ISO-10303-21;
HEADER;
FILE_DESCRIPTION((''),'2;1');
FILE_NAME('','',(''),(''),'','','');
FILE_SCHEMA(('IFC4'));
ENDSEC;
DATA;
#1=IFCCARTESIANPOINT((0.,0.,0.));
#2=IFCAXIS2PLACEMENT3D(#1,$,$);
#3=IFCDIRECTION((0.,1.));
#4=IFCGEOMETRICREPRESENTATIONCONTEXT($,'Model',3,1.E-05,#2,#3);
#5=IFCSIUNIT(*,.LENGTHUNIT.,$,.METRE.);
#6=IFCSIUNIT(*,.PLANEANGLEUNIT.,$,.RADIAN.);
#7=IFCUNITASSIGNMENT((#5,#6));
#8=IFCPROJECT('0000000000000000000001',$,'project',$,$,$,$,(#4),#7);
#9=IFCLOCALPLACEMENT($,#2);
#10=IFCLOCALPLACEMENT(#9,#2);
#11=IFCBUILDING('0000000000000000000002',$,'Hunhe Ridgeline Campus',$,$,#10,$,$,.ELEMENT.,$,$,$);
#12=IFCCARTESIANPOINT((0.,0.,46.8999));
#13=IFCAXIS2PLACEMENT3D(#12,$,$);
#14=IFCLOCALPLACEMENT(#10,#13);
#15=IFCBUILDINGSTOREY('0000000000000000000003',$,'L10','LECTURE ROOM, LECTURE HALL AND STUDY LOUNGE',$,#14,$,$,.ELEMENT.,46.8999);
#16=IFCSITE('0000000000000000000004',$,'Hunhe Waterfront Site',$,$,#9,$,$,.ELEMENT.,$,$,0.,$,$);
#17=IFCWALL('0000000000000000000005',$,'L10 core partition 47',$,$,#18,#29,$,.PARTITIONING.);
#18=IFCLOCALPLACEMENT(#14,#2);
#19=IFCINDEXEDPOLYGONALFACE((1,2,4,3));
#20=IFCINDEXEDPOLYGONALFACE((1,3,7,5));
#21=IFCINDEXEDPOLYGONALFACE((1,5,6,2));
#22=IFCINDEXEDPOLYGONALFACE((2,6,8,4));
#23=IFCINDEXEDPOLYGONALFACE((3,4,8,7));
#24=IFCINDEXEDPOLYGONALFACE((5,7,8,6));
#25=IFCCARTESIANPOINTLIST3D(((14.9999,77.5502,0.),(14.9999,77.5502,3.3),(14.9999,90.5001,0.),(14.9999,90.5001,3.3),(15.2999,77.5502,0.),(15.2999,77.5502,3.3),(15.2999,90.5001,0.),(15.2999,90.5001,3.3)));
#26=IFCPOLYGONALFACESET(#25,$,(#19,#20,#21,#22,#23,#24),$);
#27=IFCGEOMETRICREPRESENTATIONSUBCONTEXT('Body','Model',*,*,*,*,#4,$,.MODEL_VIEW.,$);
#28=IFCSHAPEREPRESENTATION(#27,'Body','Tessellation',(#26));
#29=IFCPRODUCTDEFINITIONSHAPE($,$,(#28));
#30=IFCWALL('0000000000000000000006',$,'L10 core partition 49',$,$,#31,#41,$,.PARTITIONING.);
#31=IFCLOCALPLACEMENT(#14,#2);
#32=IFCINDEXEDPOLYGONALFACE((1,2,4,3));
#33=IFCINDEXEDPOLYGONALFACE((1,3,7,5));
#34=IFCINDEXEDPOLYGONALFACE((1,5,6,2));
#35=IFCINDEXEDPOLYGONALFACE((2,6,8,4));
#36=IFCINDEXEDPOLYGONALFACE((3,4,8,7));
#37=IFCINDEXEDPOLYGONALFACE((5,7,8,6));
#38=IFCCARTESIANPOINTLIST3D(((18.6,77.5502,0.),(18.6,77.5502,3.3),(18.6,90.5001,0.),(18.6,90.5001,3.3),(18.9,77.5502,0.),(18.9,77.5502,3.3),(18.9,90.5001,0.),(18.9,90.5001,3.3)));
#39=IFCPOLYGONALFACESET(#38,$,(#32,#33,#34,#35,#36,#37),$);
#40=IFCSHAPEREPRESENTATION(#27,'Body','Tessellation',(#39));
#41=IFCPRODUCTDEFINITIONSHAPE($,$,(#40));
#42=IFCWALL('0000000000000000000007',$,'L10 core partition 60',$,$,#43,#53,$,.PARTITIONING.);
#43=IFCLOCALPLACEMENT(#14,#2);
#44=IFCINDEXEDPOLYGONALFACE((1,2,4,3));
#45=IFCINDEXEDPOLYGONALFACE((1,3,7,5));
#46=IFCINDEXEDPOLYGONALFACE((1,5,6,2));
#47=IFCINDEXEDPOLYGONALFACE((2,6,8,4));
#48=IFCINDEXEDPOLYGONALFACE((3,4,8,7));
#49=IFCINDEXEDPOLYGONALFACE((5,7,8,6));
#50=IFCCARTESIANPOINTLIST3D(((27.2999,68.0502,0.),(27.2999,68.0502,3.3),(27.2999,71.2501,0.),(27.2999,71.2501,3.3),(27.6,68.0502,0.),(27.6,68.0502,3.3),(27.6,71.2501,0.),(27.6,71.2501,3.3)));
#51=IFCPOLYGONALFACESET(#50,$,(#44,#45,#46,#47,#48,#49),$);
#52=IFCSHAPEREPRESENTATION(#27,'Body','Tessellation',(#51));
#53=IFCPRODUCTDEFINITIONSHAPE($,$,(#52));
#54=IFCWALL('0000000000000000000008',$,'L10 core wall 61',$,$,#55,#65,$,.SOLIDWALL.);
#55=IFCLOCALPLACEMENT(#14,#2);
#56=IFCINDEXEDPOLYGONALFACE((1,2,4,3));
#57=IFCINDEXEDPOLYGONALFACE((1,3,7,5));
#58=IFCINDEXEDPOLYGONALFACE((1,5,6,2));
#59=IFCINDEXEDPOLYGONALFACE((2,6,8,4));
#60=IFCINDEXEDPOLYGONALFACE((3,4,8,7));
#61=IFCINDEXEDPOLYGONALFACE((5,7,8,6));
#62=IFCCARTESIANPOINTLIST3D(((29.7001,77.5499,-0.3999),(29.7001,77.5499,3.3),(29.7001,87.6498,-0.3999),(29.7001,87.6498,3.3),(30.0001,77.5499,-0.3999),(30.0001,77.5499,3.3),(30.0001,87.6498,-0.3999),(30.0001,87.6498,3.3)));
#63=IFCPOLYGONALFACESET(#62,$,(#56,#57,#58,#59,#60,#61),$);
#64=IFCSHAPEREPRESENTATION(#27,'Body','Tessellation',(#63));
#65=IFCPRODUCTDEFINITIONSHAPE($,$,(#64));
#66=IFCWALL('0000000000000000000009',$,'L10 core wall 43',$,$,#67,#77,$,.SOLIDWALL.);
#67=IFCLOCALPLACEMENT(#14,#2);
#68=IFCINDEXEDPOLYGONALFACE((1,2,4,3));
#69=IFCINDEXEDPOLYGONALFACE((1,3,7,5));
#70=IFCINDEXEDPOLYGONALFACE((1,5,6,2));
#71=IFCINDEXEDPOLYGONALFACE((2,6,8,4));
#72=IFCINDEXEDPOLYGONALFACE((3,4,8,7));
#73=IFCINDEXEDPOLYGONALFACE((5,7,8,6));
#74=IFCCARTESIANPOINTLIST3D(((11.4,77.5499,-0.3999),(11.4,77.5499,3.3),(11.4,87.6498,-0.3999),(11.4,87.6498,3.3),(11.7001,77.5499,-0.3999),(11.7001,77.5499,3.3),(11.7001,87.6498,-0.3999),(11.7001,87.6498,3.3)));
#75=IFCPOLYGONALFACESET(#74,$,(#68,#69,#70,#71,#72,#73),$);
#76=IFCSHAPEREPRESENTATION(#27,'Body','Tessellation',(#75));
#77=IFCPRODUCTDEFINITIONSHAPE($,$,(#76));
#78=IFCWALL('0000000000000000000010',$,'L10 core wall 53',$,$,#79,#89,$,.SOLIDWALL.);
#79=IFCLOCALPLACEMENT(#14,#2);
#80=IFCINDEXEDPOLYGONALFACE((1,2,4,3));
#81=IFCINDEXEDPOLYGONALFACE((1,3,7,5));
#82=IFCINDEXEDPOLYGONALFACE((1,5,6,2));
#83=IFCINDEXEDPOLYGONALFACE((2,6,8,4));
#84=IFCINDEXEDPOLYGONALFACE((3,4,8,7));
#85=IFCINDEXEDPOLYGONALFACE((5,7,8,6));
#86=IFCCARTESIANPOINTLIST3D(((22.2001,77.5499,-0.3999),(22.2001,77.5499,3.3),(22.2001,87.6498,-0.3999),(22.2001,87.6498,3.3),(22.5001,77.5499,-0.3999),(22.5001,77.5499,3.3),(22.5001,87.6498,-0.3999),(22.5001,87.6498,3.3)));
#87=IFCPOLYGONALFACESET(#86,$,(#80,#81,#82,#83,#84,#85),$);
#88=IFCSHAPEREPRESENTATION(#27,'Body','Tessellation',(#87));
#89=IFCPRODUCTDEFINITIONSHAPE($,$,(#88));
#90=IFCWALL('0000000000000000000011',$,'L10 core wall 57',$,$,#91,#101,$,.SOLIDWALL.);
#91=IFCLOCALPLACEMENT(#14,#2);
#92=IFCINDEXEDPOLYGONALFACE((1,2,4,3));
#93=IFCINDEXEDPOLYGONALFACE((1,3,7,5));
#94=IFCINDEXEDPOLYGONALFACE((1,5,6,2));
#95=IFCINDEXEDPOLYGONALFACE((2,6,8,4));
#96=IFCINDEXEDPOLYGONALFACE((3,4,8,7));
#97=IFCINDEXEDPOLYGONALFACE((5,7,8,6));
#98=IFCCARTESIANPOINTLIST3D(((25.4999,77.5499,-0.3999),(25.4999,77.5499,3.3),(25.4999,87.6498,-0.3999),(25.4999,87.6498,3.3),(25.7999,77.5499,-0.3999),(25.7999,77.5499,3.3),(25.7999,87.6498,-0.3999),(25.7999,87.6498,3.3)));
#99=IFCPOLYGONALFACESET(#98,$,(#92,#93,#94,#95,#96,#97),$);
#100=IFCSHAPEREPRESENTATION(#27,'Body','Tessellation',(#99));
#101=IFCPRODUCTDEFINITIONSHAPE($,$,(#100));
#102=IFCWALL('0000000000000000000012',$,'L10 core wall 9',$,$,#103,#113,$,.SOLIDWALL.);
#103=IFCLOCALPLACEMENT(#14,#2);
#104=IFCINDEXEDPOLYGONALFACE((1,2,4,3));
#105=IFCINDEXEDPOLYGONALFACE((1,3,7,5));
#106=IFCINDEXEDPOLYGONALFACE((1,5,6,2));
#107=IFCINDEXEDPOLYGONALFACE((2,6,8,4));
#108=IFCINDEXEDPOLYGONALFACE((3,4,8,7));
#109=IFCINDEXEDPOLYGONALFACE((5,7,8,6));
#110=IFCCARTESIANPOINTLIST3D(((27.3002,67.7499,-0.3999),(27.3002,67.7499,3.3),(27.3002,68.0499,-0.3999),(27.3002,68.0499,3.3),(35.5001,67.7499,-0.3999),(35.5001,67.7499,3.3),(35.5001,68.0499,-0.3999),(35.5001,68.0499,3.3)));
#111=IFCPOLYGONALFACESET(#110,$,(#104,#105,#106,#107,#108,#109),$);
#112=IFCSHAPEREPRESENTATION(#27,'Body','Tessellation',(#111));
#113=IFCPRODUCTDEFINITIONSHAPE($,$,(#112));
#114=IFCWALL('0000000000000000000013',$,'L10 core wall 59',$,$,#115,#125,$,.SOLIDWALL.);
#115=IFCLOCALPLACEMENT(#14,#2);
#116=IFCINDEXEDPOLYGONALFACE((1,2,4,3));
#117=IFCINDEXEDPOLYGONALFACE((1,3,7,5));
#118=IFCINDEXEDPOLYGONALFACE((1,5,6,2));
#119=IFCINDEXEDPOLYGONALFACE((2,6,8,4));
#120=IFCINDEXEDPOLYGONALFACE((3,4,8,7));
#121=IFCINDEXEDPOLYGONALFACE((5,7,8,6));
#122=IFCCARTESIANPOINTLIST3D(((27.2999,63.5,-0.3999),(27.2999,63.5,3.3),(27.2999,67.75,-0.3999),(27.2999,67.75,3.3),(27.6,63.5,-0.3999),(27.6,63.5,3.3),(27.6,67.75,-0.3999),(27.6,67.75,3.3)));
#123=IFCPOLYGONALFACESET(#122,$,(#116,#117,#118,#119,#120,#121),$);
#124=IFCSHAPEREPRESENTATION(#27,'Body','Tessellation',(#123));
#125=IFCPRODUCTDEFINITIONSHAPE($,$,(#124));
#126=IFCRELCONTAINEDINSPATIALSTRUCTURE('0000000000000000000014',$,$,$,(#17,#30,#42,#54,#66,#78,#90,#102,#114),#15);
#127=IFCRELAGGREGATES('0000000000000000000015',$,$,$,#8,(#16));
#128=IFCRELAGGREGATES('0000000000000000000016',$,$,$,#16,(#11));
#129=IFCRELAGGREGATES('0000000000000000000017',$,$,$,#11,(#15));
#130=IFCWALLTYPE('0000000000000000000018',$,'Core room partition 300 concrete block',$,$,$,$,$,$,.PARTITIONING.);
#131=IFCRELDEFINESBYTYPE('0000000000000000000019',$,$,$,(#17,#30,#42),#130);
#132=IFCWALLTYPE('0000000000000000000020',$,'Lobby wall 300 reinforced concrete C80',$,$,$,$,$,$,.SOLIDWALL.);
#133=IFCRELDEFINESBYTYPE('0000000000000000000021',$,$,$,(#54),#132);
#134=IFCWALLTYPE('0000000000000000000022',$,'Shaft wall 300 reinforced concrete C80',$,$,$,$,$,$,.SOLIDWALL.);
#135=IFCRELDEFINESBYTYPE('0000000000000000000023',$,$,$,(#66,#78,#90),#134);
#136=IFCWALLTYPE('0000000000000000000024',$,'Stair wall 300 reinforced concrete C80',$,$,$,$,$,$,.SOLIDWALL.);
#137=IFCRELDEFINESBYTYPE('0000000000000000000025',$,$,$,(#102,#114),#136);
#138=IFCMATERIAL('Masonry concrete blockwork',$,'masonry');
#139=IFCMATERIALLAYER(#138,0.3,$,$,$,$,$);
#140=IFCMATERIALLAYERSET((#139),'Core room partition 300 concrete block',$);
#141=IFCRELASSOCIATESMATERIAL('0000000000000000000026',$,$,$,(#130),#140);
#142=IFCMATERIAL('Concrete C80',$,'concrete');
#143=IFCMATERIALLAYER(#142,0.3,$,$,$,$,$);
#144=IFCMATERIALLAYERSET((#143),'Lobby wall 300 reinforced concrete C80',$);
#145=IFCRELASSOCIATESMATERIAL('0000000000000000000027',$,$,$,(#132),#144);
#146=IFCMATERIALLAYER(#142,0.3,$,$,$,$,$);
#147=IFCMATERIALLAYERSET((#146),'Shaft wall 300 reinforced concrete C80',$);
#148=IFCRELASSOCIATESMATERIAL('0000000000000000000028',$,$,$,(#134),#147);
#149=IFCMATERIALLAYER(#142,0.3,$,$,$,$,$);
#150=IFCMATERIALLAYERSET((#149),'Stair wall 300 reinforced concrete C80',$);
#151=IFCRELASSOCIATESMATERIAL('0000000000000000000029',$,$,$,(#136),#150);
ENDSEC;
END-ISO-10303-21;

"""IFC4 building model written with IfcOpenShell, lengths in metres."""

from ifc_helpers import new_model, si_unit, direction, frame, frame_2d, origin, place, context, subcontext, project, spatial, rectangle, extrude, material, layer, layer_set, type_object, element, save


model = new_model("IFC4")

# Units and contexts
model_context = context("Model", 3, precision=1e-05, world=origin(), true_north=direction((0.0, 1.0)))
body_context = subcontext(model_context, "Body", "Model", "MODEL_VIEW")
ifc_project = project(units=[si_unit("LENGTHUNIT", "METRE"), si_unit("PLANEANGLEUNIT", "RADIAN")], contexts=[model_context])

# Site, building, storey
site_placement = place(None, origin())
site = spatial("IfcSite", under=ifc_project, at=site_placement, Name="Hunhe Waterfront Site", CompositionType="ELEMENT", RefElevation=0.0)
building_placement = place(site_placement, origin())
building = spatial("IfcBuilding", under=site, at=building_placement, Name="Hunhe Ridgeline Campus", CompositionType="ELEMENT")
storey_placement = place(building_placement, frame((0.0, 0.0, 46.8999)))
storey = spatial("IfcBuildingStorey", under=building, at=storey_placement, Name="L10", Description="LECTURE ROOM, LECTURE HALL AND STUDY LOUNGE", CompositionType="ELEMENT", Elevation=46.8999)

# Shared definitions
ifc_material_1 = material(Name="Masonry concrete blockwork", Category="masonry")
ifc_layer_1 = layer(ifc_material_1, 0.3)
ifc_layer_set_1 = layer_set([ifc_layer_1], Name="Core room partition 300 concrete block")
wall_type_1 = type_object("IfcWallType", Name="Core room partition 300 concrete block", PredefinedType="PARTITIONING", material=ifc_layer_set_1)

# Walls
for number, where, z_axis, x_axis, name in (
    (1, (15.1499, 77.55, 0.0), (0.0, 0.0, 1.0), (0.0, 1.0, 0.0), "L10 core partition 47"),
    (2, (18.75, 77.55, 0.0), (0.0, 0.0, 1.0), (0.0, 1.0, 0.0), "L10 core partition 49"),
):
    element("IfcWall", number, at=place(storey_placement, frame(where, z_axis=z_axis, x_axis=x_axis)), inside=storey, type_object=wall_type_1, Name=name, PredefinedType="PARTITIONING", context=body_context, shape_type="SweptSolid", body=[
        extrude(rectangle(XDim=12.95, YDim=0.3, at=frame_2d((6.4751, 0.0))), origin(), (0.0, 0.0, 1.0), 3.3),
    ])
wall_1_placement = place(storey_placement, frame((27.45, 68.05, 0.0), z_axis=(0.0, 0.0, 1.0), x_axis=(0.0, 1.0, 0.0)))
element("IfcWall", 3, at=wall_1_placement, inside=storey, type_object=wall_type_1, Name="L10 core partition 60", PredefinedType="PARTITIONING", context=body_context, shape_type="SweptSolid", body=[
    extrude(rectangle(XDim=3.2, YDim=0.3, at=frame_2d((1.6001, 0.0))), origin(), (0.0, 0.0, 1.0), 3.3),
])
ifc_material_2 = material(Name="Concrete C80", Category="concrete")
ifc_layer_2 = layer(ifc_material_2, 0.3)
ifc_layer_set_2 = layer_set([ifc_layer_2], Name="Lobby wall 300 reinforced concrete C80")
wall_type_2 = type_object("IfcWallType", Name="Lobby wall 300 reinforced concrete C80", PredefinedType="SOLIDWALL", material=ifc_layer_set_2)
wall_2_placement = place(storey_placement, frame((29.8501, 77.55, -0.3999), z_axis=(0.0, 0.0, 1.0), x_axis=(0.0, 1.0, 0.0)))
element("IfcWall", 4, at=wall_2_placement, inside=storey, type_object=wall_type_2, Name="L10 core wall 61", PredefinedType="SOLIDWALL", context=body_context, shape_type="SweptSolid", body=[
    extrude(rectangle(XDim=10.0999, YDim=0.3, at=frame_2d((5.0498, 0.0))), origin(), (0.0, 0.0, 1.0), 3.7),
])
ifc_layer_3 = layer(ifc_material_2, 0.3)
ifc_layer_set_3 = layer_set([ifc_layer_3], Name="Shaft wall 300 reinforced concrete C80")
wall_type_3 = type_object("IfcWallType", Name="Shaft wall 300 reinforced concrete C80", PredefinedType="SOLIDWALL", material=ifc_layer_set_3)
for number, where, z_axis, x_axis, name in (
    (5, (11.55, 77.55, -0.3999), (0.0, 0.0, 1.0), (0.0, 1.0, 0.0), "L10 core wall 43"),
    (6, (22.3501, 77.55, -0.3999), (0.0, 0.0, 1.0), (0.0, 1.0, 0.0), "L10 core wall 53"),
    (7, (25.6499, 77.55, -0.3999), (0.0, 0.0, 1.0), (0.0, 1.0, 0.0), "L10 core wall 57"),
):
    element("IfcWall", number, at=place(storey_placement, frame(where, z_axis=z_axis, x_axis=x_axis)), inside=storey, type_object=wall_type_3, Name=name, PredefinedType="SOLIDWALL", context=body_context, shape_type="SweptSolid", body=[
        extrude(rectangle(XDim=10.0999, YDim=0.3, at=frame_2d((5.0498, 0.0))), origin(), (0.0, 0.0, 1.0), 3.7),
    ])
ifc_layer_4 = layer(ifc_material_2, 0.3)
ifc_layer_set_4 = layer_set([ifc_layer_4], Name="Stair wall 300 reinforced concrete C80")
wall_type_4 = type_object("IfcWallType", Name="Stair wall 300 reinforced concrete C80", PredefinedType="SOLIDWALL", material=ifc_layer_set_4)
wall_3_placement = place(storey_placement, frame((27.3, 67.8999, -0.3999), z_axis=(0.0, 0.0, 1.0), x_axis=(1.0, 0.0, 0.0)))
element("IfcWall", 8, at=wall_3_placement, inside=storey, type_object=wall_type_4, Name="L10 core wall 9", PredefinedType="SOLIDWALL", context=body_context, shape_type="SweptSolid", body=[
    extrude(rectangle(XDim=8.2, YDim=0.3, at=frame_2d((4.1001, 0.0))), origin(), (0.0, 0.0, 1.0), 3.7),
])
wall_4_placement = place(storey_placement, frame((27.45, 63.5, -0.3999), z_axis=(0.0, 0.0, 1.0), x_axis=(0.0, 1.0, 0.0)))
element("IfcWall", 9, at=wall_4_placement, inside=storey, type_object=wall_type_4, Name="L10 core wall 59", PredefinedType="SOLIDWALL", context=body_context, shape_type="SweptSolid", body=[
    extrude(rectangle(XDim=4.25, YDim=0.3, at=frame_2d((2.125, 0.0))), origin(), (0.0, 0.0, 1.0), 3.7),
])

save(model, "model.ifc")
